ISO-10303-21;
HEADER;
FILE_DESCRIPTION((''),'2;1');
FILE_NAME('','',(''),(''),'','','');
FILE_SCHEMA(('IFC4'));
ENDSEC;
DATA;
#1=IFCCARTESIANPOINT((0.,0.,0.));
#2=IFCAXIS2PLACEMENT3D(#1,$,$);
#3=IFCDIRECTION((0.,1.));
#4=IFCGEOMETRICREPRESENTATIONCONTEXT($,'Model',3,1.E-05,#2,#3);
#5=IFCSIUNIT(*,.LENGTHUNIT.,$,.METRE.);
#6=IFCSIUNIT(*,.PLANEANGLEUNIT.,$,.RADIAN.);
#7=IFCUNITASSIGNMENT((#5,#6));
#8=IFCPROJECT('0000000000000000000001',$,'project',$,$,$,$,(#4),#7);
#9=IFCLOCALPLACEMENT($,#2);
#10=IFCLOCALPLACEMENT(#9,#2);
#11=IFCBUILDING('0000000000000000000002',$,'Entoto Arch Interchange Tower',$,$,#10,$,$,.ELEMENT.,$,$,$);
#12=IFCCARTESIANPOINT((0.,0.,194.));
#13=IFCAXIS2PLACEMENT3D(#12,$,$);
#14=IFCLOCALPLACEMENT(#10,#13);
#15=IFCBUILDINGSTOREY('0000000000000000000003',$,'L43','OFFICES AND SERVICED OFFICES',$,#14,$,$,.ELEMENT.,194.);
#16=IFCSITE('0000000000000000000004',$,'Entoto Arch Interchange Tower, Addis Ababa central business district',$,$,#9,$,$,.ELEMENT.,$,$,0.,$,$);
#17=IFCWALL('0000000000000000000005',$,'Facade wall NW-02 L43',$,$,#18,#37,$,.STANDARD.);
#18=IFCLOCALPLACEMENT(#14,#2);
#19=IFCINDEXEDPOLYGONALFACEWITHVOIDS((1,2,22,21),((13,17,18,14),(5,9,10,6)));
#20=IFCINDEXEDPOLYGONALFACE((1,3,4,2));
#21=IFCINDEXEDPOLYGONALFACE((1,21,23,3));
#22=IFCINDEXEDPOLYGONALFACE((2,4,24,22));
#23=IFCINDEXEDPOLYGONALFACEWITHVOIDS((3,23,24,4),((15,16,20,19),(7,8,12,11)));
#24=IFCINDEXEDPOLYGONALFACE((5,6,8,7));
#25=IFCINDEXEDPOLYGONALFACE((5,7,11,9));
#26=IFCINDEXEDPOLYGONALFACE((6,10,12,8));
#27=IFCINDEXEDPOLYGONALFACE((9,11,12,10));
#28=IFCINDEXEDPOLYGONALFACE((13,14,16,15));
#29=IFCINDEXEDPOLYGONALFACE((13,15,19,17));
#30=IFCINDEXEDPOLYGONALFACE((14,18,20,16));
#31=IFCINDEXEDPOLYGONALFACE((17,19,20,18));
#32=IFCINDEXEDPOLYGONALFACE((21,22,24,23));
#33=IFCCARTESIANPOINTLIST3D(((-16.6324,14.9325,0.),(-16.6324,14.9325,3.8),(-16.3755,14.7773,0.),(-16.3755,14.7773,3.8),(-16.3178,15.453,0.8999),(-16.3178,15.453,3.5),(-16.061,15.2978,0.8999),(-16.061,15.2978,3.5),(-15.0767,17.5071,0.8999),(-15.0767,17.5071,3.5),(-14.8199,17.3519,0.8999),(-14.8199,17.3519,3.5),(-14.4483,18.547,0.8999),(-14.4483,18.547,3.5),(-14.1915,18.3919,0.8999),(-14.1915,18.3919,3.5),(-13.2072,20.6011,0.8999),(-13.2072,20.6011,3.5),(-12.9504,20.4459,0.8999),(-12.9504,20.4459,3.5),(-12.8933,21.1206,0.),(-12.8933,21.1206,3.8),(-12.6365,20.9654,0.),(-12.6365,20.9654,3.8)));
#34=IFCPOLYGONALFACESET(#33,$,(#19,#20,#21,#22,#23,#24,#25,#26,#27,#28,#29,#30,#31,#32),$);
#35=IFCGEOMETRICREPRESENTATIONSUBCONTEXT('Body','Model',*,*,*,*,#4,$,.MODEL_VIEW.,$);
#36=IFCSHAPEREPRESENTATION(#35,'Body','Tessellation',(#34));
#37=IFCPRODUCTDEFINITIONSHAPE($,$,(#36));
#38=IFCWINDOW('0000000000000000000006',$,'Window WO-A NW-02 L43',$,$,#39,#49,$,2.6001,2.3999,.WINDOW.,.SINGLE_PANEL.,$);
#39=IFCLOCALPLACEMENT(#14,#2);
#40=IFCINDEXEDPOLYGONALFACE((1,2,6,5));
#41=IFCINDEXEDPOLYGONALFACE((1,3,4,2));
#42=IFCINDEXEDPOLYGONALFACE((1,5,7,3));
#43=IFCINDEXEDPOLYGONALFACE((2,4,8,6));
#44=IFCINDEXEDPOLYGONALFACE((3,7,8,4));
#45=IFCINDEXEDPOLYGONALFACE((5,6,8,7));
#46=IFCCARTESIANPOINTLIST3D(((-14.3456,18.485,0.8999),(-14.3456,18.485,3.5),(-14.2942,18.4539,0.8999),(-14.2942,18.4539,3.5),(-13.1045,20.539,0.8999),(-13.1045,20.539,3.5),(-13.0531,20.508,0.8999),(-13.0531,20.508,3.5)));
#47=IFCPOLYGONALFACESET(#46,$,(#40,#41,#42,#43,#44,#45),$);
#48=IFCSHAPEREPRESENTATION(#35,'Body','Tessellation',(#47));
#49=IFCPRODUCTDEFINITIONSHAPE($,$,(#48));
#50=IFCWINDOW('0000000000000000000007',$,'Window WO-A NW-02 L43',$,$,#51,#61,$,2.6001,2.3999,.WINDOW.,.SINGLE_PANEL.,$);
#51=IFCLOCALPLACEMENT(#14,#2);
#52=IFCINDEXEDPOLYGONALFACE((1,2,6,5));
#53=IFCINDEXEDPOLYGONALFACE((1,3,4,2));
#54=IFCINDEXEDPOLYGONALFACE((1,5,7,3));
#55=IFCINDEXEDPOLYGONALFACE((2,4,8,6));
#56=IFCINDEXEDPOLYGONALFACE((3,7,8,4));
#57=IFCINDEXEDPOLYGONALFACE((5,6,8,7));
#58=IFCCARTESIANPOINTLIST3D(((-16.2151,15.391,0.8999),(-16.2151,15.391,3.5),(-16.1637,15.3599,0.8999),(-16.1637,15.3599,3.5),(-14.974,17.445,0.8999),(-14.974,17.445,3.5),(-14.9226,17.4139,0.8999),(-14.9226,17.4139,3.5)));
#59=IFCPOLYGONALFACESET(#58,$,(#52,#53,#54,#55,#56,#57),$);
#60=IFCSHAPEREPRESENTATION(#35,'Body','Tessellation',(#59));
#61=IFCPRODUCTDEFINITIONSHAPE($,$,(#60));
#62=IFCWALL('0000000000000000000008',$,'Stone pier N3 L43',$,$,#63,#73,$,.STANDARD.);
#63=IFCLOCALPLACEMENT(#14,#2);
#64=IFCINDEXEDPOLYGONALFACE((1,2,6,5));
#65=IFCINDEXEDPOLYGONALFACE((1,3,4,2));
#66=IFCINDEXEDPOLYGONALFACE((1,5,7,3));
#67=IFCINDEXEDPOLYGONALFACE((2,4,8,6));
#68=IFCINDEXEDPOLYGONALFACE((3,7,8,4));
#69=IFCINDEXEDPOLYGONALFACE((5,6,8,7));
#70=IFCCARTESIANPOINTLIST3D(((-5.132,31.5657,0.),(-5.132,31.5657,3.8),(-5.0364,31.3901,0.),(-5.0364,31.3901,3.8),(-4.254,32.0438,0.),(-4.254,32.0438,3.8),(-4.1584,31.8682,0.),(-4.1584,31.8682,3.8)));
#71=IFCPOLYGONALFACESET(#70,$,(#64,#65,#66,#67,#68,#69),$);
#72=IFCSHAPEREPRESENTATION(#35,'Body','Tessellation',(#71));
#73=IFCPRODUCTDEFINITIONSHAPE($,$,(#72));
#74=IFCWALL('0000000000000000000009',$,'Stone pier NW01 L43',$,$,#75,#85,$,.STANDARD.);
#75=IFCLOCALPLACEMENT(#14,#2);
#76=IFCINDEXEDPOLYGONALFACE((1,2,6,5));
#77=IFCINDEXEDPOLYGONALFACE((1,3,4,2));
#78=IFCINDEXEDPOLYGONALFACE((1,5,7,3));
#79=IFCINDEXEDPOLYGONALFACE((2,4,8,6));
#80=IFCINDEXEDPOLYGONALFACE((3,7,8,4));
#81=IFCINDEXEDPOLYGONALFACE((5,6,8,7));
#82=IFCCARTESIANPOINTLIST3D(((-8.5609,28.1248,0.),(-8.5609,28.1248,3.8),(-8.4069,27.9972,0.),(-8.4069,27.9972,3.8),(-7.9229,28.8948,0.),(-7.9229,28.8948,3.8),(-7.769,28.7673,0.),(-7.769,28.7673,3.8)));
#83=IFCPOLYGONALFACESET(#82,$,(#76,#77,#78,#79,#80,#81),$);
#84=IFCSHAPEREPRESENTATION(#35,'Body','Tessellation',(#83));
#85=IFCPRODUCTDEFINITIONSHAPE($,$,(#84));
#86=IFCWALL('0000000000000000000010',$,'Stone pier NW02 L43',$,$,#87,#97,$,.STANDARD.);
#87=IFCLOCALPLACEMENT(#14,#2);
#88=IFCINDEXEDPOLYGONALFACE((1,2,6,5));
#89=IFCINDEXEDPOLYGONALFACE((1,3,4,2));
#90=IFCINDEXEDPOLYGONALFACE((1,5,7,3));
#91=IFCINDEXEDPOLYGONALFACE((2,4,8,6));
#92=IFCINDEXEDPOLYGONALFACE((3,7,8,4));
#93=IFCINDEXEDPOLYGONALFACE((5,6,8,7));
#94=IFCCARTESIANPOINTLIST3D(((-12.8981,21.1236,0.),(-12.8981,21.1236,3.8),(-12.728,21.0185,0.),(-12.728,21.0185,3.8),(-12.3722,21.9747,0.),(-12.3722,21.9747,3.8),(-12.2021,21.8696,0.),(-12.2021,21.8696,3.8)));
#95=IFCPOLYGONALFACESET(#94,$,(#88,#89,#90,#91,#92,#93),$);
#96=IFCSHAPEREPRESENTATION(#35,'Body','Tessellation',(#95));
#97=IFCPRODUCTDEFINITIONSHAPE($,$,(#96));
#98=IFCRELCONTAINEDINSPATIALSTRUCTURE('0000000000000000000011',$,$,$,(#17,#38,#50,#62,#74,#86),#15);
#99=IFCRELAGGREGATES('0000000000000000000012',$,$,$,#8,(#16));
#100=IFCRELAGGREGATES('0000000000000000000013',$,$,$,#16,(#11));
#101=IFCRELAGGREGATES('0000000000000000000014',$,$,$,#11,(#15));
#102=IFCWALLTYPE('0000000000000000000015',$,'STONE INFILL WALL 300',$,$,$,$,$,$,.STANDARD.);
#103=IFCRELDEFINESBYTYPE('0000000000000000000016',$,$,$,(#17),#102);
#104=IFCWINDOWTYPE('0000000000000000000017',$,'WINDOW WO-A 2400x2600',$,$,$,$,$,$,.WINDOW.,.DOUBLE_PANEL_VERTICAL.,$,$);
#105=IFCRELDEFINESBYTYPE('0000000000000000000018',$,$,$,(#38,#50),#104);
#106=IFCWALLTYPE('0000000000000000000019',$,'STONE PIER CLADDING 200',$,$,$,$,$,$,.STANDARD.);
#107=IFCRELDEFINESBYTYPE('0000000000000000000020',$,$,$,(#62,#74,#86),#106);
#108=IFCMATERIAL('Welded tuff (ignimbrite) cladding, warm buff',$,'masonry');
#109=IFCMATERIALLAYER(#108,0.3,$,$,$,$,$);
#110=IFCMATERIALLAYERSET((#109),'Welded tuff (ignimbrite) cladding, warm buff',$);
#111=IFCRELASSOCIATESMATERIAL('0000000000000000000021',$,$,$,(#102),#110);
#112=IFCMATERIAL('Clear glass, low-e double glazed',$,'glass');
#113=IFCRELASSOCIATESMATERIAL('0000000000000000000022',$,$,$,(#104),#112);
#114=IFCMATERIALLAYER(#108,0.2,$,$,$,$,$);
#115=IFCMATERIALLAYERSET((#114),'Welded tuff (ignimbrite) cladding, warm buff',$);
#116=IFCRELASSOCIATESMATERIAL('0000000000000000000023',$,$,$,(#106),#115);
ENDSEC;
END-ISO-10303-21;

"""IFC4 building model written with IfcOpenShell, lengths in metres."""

from ifc_helpers import new_model, si_unit, direction, frame, frame_2d, origin, place, context, subcontext, project, spatial, rectangle, extrude, material, layer, layer_set, type_object, element, fill, save


model = new_model("IFC4")

# Units and contexts
model_context = context("Model", 3, precision=1e-05, world=origin(), true_north=direction((0.0, 1.0)))
body_context = subcontext(model_context, "Body", "Model", "MODEL_VIEW")
ifc_project = project(units=[si_unit("LENGTHUNIT", "METRE"), si_unit("PLANEANGLEUNIT", "RADIAN")], contexts=[model_context])

# Site, building, storey
site_placement = place(None, origin())
site = spatial("IfcSite", under=ifc_project, at=site_placement, Name="Entoto Arch Interchange Tower, Addis Ababa central business district", CompositionType="ELEMENT", RefElevation=0.0)
building_placement = place(site_placement, origin())
building = spatial("IfcBuilding", under=site, at=building_placement, Name="Entoto Arch Interchange Tower", CompositionType="ELEMENT")
storey_placement = place(building_placement, frame((0.0, 0.0, 194.0)))
storey = spatial("IfcBuildingStorey", under=building, at=storey_placement, Name="L43", Description="OFFICES AND SERVICED OFFICES", CompositionType="ELEMENT", Elevation=194.0)

# Shared definitions
ifc_material_1 = material(Name="Welded tuff (ignimbrite) cladding, warm buff", Category="masonry")
ifc_layer_1 = layer(ifc_material_1, 0.3)
ifc_layer_set_1 = layer_set([ifc_layer_1], Name="Welded tuff (ignimbrite) cladding, warm buff")
wall_type_1 = type_object("IfcWallType", Name="STONE INFILL WALL 300", PredefinedType="STANDARD", material=ifc_layer_set_1)
ifc_material_2 = material(Name="Clear glass, low-e double glazed", Category="glass")

# Wall, openings, windows
window_type_1 = type_object("IfcWindowType", Name="WINDOW WO-A 2400x2600", PartitioningType="DOUBLE_PANEL_VERTICAL", PredefinedType="WINDOW", material=ifc_material_2)
wall_1_placement = place(storey_placement, frame((-12.7649, 21.043, 0.0), z_axis=(0.0, 0.0, 1.0), x_axis=(-0.51716, -0.855889, 0.0)))
wall_1 = element("IfcWall", 1, at=wall_1_placement, inside=storey, type_object=wall_type_1, Name="Facade wall NW-02 L43", PredefinedType="STANDARD", context=body_context, shape_type="SweptSolid", body=[
    extrude(rectangle(XDim=7.23, YDim=0.3, at=frame_2d((3.615, 0.0))), origin(), (0.0, 0.0, 1.0), 3.8),
])
opening_1_placement = place(wall_1_placement, frame((0.6069, 0.0, 0.8999)))
opening_1 = element("IfcOpeningElement", 2, at=opening_1_placement, cuts=wall_1, PredefinedType="OPENING", context=body_context, shape_type="SweptSolid", body=[
    extrude(rectangle(XDim=2.3999, YDim=2.6001, at=frame_2d((1.2, 1.3))), frame((0.0, 0.1602, 0.0), z_axis=(0.0, -1.0, 0.0), x_axis=(1.0, 0.0, 0.0)), (0.0, 0.0, 1.0), 0.3201),
])
opening_2_placement = place(wall_1_placement, frame((4.2219, 0.0, 0.8999)))
opening_2 = element("IfcOpeningElement", 3, at=opening_2_placement, cuts=wall_1, PredefinedType="OPENING", context=body_context, shape_type="SweptSolid", body=[
    extrude(rectangle(XDim=2.3999, YDim=2.6001, at=frame_2d((1.2, 1.3))), frame((0.0, 0.1602, 0.0), z_axis=(0.0, -1.0, 0.0), x_axis=(1.0, 0.0, 0.0)), (0.0, 0.0, 1.0), 0.3201),
])
window_1_placement = place(opening_1_placement, origin())
window_1 = element("IfcWindow", 4, at=window_1_placement, inside=storey, type_object=window_type_1, Name="Window WO-A NW-02 L43", OverallHeight=2.6001, OverallWidth=2.3999, PartitioningType="SINGLE_PANEL", PredefinedType="WINDOW", context=body_context, shape_type="SweptSolid", body=[
    extrude(rectangle(XDim=2.3999, YDim=2.6001, at=frame_2d((1.2, 1.3))), frame((0.0, 0.03, 0.0), z_axis=(0.0, -1.0, 0.0), x_axis=(1.0, 0.0, 0.0)), (0.0, 0.0, 1.0), 0.0601),
])
fill(opening_1, window_1)
window_2_placement = place(opening_2_placement, origin())
window_2 = element("IfcWindow", 5, at=window_2_placement, inside=storey, type_object=window_type_1, Name="Window WO-A NW-02 L43", OverallHeight=2.6001, OverallWidth=2.3999, PartitioningType="SINGLE_PANEL", PredefinedType="WINDOW", context=body_context, shape_type="SweptSolid", body=[
    extrude(rectangle(XDim=2.3999, YDim=2.6001, at=frame_2d((1.2, 1.3))), frame((0.0, 0.03, 0.0), z_axis=(0.0, -1.0, 0.0), x_axis=(1.0, 0.0, 0.0)), (0.0, 0.0, 1.0), 0.0601),
])
fill(opening_2, window_2)

# Walls
ifc_layer_2 = layer(ifc_material_1, 0.2)
ifc_layer_set_2 = layer_set([ifc_layer_2], Name="Welded tuff (ignimbrite) cladding, warm buff")
wall_type_2 = type_object("IfcWallType", Name="STONE PIER CLADDING 200", PredefinedType="STANDARD", material=ifc_layer_set_2)
wall_2_placement = place(storey_placement, frame((-4.2061, 31.9561, 0.0), z_axis=(0.0, 0.0, 1.0), x_axis=(-0.87825, -0.478202, 0.0)))
element("IfcWall", 6, at=wall_2_placement, inside=storey, type_object=wall_type_2, Name="Stone pier N3 L43", PredefinedType="STANDARD", context=body_context, shape_type="SweptSolid", body=[
    extrude(rectangle(XDim=0.9998, YDim=0.2, at=frame_2d((0.5, 0.0))), origin(), (0.0, 0.0, 1.0), 3.8),
])
wall_3_placement = place(storey_placement, frame((-7.8459, 28.8311, 0.0), z_axis=(0.0, 0.0, 1.0), x_axis=(-0.637972, -0.770059, 0.0)))
element("IfcWall", 7, at=wall_3_placement, inside=storey, type_object=wall_type_2, Name="Stone pier NW01 L43", PredefinedType="STANDARD", context=body_context, shape_type="SweptSolid", body=[
    extrude(rectangle(XDim=1.0, YDim=0.2, at=frame_2d((0.5, 0.0))), origin(), (0.0, 0.0, 1.0), 3.8),
])
wall_4_placement = place(storey_placement, frame((-12.2871, 21.9221, 0.0), z_axis=(0.0, 0.0, 1.0), x_axis=(-0.525649, -0.850702, 0.0)))
element("IfcWall", 8, at=wall_4_placement, inside=storey, type_object=wall_type_2, Name="Stone pier NW02 L43", PredefinedType="STANDARD", context=body_context, shape_type="SweptSolid", body=[
    extrude(rectangle(XDim=1.0005, YDim=0.2, at=frame_2d((0.5002, 0.0))), origin(), (0.0, 0.0, 1.0), 3.8),
])

save(model, "model.ifc")
